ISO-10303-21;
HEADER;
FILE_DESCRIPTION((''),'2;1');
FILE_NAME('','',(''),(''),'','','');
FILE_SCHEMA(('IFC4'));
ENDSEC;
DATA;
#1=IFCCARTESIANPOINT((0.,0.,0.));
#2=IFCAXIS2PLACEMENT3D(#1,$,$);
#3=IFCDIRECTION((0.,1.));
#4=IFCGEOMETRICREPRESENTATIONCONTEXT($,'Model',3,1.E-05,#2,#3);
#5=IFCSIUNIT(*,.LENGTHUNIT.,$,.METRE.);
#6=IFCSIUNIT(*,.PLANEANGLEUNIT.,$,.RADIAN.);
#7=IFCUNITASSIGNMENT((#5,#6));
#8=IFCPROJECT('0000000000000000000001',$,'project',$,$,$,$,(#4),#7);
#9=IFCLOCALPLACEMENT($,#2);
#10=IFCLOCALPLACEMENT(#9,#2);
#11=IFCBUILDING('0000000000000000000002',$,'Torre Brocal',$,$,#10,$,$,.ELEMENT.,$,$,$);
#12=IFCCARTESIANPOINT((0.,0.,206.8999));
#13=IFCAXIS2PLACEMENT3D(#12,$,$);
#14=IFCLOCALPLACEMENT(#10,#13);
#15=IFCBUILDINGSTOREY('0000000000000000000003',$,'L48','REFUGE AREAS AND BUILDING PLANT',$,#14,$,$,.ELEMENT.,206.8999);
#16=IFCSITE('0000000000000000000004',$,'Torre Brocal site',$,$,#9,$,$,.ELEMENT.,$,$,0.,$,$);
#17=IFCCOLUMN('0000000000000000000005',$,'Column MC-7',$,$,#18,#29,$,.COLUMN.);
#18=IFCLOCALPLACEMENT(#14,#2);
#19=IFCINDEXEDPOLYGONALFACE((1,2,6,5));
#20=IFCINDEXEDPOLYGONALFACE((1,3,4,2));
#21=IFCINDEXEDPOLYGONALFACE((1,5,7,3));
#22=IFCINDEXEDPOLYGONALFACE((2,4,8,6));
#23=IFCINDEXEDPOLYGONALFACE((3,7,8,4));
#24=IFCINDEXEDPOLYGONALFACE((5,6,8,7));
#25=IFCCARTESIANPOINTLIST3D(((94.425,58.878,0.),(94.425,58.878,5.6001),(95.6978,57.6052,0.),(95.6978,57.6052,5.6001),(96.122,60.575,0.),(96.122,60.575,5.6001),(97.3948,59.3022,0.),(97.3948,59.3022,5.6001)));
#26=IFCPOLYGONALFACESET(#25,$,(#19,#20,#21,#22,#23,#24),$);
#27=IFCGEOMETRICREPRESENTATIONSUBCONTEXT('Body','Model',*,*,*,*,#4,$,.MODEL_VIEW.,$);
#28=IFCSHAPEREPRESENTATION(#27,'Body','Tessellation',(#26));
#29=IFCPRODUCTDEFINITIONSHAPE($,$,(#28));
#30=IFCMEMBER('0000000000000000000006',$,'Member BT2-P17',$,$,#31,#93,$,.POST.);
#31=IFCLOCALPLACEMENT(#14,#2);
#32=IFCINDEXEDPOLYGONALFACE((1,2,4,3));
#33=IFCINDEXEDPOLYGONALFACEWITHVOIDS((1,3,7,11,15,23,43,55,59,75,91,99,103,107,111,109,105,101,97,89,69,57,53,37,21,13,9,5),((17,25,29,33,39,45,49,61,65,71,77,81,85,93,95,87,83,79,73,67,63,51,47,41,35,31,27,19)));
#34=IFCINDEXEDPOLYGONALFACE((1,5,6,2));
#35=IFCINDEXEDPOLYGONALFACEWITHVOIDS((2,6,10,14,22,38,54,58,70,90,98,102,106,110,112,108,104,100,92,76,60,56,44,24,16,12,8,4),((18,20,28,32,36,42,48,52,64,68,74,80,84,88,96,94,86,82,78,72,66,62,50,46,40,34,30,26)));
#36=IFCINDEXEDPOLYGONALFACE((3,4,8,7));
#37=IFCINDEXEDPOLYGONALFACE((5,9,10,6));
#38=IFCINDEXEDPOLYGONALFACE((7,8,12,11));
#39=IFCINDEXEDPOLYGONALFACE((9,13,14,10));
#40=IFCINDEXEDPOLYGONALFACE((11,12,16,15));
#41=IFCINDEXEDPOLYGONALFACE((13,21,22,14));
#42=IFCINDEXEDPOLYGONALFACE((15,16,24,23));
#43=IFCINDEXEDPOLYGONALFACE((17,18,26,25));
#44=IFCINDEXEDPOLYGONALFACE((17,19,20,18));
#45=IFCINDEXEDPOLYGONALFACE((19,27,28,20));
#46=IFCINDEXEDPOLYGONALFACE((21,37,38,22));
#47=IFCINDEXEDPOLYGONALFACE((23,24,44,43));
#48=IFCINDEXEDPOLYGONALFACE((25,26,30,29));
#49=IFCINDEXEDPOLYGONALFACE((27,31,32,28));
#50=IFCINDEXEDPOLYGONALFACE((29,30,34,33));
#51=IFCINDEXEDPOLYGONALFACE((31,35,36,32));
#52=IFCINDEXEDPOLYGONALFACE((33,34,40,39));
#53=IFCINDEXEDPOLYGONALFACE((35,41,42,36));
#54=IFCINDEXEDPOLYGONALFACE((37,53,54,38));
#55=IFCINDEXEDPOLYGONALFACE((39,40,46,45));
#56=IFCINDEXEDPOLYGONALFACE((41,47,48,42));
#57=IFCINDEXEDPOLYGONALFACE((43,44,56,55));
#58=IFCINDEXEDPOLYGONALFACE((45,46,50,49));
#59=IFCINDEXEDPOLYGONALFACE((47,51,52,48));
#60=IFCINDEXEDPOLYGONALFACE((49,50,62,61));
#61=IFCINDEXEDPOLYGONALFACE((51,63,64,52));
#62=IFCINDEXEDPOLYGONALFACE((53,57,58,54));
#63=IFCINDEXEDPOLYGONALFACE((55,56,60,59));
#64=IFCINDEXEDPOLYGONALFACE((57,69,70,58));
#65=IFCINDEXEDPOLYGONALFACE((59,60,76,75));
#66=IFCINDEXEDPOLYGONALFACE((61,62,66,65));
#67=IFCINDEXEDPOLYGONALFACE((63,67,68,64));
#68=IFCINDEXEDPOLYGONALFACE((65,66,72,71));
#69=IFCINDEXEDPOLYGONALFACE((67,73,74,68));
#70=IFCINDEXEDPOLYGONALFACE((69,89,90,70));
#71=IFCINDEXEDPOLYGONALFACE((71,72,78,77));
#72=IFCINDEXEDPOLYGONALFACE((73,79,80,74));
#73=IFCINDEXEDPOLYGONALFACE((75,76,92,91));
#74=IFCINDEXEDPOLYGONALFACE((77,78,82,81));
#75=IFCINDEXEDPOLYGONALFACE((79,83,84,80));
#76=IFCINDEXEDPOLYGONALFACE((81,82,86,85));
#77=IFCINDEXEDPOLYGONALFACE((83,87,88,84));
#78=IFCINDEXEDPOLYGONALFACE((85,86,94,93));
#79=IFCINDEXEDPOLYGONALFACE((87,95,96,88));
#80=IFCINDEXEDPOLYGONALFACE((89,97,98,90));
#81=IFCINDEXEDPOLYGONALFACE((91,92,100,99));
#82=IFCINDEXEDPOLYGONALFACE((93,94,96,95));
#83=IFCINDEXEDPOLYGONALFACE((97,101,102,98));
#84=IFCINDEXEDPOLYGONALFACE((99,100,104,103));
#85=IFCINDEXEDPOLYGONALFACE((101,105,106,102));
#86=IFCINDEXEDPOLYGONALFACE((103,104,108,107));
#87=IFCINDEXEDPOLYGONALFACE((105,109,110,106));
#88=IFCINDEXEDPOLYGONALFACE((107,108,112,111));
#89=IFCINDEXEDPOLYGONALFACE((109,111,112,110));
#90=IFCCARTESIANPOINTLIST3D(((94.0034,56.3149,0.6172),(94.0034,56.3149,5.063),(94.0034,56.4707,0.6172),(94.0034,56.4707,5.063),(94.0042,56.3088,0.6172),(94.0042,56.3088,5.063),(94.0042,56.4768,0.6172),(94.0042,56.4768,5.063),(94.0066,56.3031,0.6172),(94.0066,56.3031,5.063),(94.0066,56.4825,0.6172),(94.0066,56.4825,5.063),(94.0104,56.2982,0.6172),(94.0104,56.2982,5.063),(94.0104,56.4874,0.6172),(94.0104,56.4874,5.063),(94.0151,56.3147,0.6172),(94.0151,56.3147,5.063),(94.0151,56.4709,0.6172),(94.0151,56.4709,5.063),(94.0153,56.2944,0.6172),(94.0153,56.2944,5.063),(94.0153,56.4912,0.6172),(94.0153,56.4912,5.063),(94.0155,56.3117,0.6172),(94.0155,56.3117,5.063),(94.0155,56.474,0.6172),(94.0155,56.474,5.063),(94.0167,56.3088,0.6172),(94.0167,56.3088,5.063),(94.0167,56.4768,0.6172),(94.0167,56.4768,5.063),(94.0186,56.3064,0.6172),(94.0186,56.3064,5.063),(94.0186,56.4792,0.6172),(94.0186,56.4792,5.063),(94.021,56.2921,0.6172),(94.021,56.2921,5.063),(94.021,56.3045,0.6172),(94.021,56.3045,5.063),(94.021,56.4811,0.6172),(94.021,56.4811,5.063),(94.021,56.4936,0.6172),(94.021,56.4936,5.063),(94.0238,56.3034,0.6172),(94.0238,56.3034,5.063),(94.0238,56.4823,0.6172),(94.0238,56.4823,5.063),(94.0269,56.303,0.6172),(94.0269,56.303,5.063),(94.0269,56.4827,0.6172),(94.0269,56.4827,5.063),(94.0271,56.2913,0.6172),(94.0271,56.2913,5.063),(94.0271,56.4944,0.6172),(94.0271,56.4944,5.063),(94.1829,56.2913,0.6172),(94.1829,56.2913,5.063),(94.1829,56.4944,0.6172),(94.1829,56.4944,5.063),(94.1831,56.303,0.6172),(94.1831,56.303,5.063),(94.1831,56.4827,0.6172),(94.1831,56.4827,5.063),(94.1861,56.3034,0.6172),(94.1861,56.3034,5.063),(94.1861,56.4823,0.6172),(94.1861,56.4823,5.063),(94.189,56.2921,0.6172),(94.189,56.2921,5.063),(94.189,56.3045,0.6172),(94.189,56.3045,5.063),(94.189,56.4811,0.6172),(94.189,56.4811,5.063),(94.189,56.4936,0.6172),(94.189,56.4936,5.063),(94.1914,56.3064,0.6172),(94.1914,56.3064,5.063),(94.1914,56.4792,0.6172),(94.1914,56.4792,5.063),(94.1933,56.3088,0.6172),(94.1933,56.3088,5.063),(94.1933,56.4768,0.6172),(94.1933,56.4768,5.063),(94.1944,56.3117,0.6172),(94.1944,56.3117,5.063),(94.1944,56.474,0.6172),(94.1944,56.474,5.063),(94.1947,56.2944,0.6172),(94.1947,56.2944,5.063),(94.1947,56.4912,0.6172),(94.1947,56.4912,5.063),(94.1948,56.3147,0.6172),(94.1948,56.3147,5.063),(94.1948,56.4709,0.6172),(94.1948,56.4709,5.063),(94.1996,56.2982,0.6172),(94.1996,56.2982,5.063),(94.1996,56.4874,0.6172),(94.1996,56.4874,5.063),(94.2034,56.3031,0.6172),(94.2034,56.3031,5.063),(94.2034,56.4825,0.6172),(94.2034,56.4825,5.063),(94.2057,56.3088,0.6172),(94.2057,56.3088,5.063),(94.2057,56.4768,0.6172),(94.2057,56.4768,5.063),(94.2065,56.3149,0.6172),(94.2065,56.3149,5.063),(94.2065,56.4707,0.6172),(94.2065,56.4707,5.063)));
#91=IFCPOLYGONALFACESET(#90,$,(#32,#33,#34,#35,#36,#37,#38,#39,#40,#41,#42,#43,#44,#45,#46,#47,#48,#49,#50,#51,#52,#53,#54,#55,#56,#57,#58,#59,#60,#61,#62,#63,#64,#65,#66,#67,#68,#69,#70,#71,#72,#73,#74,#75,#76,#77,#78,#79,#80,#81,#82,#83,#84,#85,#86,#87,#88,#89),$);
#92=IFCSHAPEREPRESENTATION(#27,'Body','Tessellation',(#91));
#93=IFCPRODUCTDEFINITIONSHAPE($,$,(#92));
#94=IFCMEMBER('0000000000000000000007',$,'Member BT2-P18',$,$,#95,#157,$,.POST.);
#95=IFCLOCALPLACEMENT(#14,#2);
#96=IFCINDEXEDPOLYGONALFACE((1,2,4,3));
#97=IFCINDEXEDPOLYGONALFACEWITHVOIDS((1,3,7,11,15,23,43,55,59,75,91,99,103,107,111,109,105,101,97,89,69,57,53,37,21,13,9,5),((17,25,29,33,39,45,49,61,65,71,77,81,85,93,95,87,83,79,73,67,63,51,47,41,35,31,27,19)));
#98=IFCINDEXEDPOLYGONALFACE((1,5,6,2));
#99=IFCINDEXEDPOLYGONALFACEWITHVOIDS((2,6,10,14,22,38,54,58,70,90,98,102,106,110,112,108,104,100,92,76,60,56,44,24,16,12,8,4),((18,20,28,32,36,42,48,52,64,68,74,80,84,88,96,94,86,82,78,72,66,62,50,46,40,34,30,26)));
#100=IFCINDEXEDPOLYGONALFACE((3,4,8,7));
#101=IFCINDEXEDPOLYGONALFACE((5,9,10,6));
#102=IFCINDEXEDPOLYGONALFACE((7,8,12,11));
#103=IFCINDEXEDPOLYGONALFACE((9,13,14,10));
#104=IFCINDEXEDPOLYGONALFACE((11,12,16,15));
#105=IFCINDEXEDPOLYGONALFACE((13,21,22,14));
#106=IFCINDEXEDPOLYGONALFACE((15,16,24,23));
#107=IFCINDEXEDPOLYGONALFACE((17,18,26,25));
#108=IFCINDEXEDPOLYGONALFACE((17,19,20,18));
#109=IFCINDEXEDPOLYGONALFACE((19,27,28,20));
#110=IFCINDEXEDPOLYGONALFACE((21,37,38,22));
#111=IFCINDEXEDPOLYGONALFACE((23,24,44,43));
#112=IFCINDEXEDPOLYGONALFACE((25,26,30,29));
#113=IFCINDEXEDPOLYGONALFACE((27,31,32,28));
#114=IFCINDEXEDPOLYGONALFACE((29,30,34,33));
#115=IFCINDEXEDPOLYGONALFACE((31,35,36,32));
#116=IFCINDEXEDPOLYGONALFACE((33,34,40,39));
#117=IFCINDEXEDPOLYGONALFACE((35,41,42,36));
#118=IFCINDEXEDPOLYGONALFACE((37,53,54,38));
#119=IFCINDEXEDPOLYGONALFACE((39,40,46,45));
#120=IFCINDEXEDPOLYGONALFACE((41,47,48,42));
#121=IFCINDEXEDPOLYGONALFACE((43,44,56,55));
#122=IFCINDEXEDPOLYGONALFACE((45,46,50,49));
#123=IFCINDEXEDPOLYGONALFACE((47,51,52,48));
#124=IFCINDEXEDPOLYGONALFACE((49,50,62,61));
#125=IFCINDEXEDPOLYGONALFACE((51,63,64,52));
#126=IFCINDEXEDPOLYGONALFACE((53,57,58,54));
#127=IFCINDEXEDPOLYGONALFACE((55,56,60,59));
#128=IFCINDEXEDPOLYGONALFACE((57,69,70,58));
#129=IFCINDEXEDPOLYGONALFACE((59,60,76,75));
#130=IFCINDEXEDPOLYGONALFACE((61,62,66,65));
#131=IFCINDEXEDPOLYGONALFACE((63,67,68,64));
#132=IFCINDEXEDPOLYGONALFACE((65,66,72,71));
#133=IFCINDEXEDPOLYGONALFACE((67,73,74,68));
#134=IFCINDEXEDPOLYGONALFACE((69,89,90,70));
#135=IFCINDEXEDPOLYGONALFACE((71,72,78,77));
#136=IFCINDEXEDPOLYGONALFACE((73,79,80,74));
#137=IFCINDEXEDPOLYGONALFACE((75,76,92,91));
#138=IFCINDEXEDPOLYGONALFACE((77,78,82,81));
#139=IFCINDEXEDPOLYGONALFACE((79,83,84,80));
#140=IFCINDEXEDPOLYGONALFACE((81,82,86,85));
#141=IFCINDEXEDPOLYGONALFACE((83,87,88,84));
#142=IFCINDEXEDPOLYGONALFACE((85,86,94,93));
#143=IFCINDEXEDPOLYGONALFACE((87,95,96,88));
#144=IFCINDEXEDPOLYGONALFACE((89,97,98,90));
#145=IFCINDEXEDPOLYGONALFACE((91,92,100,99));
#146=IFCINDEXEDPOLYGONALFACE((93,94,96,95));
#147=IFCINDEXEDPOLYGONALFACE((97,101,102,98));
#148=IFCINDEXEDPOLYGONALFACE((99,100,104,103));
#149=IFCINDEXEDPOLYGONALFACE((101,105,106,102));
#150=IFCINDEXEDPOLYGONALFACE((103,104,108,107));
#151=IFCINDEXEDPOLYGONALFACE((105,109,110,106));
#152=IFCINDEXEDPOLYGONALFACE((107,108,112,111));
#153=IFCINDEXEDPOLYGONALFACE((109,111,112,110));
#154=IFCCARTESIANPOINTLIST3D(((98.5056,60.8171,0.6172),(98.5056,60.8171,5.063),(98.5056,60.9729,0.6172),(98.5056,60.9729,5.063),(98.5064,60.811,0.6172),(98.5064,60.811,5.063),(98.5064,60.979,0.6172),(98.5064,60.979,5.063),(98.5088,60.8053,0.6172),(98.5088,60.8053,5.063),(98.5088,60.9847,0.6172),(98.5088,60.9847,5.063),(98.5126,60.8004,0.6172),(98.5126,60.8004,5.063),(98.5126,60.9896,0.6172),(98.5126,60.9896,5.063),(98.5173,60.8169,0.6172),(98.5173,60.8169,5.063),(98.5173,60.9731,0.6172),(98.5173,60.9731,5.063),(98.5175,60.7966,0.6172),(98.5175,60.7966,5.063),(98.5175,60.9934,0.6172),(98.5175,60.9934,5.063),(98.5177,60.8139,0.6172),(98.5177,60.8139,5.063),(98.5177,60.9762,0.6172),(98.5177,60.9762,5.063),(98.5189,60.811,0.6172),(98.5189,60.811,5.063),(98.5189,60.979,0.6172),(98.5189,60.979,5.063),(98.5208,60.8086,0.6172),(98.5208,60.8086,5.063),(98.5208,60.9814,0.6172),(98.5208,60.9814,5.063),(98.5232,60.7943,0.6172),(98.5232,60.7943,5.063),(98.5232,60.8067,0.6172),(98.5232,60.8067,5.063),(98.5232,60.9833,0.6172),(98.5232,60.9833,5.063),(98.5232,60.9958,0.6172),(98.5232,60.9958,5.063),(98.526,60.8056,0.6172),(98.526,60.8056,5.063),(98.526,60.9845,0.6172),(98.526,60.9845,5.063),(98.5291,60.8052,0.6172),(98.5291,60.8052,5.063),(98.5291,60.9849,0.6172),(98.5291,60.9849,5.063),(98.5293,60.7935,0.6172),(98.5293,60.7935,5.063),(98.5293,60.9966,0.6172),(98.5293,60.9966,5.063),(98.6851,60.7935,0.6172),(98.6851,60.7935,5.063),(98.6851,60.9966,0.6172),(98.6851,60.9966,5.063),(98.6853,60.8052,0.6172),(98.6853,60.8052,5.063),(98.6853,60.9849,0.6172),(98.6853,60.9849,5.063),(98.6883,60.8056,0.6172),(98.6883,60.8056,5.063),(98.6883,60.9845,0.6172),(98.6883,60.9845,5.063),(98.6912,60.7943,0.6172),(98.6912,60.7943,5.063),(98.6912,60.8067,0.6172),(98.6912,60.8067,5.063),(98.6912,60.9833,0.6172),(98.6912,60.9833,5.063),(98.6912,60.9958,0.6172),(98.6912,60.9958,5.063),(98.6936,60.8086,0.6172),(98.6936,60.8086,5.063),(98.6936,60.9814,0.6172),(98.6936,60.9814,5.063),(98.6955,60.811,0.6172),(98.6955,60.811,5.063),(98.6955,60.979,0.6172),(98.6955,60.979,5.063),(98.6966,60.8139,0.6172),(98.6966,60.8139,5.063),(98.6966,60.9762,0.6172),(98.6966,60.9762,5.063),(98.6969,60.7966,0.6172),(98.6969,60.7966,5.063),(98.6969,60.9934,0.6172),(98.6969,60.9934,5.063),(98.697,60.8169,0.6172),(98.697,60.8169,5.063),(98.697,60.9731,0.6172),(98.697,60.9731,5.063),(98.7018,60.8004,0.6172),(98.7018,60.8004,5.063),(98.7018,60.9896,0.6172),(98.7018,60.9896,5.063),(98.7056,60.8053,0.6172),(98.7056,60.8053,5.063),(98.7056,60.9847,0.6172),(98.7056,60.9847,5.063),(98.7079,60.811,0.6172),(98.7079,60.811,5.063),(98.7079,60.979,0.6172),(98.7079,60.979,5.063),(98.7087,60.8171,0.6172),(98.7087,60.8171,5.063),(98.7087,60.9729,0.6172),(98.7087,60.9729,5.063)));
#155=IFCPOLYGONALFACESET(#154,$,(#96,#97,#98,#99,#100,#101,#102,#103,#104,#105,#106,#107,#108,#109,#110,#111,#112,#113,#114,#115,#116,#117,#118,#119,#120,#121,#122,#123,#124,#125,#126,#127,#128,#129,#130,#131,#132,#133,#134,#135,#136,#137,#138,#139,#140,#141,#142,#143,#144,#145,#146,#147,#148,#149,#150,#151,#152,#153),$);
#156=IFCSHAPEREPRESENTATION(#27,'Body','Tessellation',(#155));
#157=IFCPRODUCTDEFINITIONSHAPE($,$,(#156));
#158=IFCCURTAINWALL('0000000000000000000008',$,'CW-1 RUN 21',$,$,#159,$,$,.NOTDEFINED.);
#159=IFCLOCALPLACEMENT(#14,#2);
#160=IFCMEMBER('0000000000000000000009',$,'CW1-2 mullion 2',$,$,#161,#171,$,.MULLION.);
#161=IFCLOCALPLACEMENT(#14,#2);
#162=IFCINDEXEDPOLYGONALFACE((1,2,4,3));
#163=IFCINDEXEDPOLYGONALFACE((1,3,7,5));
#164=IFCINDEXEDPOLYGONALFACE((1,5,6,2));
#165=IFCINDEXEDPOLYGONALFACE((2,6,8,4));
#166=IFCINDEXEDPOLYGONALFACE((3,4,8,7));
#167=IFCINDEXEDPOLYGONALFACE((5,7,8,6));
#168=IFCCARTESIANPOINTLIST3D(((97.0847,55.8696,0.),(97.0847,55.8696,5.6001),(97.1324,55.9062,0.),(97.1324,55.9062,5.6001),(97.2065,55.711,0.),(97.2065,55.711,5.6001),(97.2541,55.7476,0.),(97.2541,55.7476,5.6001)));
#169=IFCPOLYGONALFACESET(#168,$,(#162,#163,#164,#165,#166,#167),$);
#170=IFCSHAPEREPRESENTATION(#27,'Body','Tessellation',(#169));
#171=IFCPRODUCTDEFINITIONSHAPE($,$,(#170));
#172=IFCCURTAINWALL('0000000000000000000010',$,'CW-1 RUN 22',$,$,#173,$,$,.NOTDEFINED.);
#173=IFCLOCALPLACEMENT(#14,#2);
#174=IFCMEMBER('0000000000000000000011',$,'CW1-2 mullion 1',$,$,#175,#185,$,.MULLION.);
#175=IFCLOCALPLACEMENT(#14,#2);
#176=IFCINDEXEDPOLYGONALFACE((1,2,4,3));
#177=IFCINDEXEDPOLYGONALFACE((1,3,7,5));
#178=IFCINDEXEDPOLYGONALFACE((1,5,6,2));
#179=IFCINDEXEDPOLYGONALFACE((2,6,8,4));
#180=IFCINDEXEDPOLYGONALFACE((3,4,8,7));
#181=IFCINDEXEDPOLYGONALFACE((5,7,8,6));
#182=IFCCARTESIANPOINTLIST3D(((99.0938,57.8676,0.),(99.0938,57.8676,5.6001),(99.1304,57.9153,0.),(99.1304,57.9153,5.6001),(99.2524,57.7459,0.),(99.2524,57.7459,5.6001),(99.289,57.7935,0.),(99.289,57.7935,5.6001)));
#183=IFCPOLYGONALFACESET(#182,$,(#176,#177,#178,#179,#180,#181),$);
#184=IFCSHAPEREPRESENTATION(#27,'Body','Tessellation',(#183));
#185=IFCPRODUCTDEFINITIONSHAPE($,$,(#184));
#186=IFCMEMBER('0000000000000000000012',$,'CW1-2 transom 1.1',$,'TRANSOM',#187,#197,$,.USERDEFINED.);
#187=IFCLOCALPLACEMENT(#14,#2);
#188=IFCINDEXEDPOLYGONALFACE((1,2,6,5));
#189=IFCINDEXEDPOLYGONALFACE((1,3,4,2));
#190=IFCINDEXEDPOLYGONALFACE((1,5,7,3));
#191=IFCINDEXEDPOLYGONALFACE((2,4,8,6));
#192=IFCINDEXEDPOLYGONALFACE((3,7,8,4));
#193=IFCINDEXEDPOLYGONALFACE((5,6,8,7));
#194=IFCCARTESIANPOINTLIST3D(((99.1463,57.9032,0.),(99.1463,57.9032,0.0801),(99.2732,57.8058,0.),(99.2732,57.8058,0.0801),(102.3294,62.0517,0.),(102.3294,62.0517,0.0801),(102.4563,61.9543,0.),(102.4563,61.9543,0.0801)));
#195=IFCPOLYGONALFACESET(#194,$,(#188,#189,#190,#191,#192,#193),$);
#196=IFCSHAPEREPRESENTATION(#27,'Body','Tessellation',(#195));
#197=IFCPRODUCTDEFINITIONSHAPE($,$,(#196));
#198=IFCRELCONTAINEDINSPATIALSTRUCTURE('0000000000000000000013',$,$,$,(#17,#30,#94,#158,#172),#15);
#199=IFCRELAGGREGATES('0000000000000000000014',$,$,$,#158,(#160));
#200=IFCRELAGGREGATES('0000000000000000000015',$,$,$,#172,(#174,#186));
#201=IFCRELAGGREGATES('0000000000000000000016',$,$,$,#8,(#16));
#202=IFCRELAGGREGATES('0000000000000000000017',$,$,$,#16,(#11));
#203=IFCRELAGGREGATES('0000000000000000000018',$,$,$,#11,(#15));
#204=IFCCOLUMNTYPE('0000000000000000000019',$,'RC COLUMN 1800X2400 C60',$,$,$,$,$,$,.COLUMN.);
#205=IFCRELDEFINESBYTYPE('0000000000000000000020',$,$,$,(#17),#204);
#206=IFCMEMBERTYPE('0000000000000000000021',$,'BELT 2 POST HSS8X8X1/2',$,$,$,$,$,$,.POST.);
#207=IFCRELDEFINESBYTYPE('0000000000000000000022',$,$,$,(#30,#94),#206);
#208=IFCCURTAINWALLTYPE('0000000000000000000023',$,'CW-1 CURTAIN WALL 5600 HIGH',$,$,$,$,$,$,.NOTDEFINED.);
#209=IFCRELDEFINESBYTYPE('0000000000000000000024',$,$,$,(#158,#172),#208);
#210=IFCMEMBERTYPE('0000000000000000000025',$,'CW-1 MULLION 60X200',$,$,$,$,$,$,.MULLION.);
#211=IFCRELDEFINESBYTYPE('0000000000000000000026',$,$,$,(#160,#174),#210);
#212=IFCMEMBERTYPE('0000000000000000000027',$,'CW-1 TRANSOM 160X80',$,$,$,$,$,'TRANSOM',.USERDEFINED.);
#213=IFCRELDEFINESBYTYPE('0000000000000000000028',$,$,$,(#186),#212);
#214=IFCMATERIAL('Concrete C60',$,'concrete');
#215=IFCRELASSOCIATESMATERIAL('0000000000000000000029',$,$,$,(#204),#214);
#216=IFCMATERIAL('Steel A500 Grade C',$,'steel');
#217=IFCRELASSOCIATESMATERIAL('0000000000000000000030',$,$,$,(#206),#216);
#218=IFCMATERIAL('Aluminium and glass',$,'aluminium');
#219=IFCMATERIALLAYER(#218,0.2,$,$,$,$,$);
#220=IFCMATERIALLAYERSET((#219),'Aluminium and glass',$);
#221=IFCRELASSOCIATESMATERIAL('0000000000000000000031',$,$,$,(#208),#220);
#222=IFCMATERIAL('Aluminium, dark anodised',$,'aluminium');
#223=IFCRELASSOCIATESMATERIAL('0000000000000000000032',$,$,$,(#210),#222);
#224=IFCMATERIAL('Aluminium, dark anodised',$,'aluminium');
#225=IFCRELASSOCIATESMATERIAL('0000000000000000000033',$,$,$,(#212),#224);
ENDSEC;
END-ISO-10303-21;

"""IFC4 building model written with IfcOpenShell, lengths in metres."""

from ifc_helpers import new_model, si_unit, direction, frame, origin, origin_2d, place, context, subcontext, project, spatial, rectangle, hollow_rectangle, extrude, material, layer, layer_set, material_profile, profile_set, type_object, element, aggregate, save


model = new_model("IFC4")

# Units and contexts
model_context = context("Model", 3, precision=1e-05, world=origin(), true_north=direction((0.0, 1.0)))
body_context = subcontext(model_context, "Body", "Model", "MODEL_VIEW")
ifc_project = project(units=[si_unit("LENGTHUNIT", "METRE"), si_unit("PLANEANGLEUNIT", "RADIAN")], contexts=[model_context])

# Site, building, storey
site_placement = place(None, origin())
site = spatial("IfcSite", under=ifc_project, at=site_placement, Name="Torre Brocal site", CompositionType="ELEMENT", RefElevation=0.0)
building_placement = place(site_placement, origin())
building = spatial("IfcBuilding", under=site, at=building_placement, Name="Torre Brocal", CompositionType="ELEMENT")
storey_placement = place(building_placement, frame((0.0, 0.0, 206.8999)))
storey = spatial("IfcBuildingStorey", under=building, at=storey_placement, Name="L48", Description="REFUGE AREAS AND BUILDING PLANT", CompositionType="ELEMENT", Elevation=206.8999)

# Column
ifc_material_1 = material(Name="Concrete C60", Category="concrete")
ifc_material_profile_1 = material_profile(ifc_material_1, rectangle(XDim=1.8, YDim=2.3999, at=origin_2d()), Name="RC 1800X2400")
ifc_profile_set_1 = profile_set([ifc_material_profile_1], Name="Concrete C60")
column_type = type_object("IfcColumnType", Name="RC COLUMN 1800X2400 C60", PredefinedType="COLUMN", material=ifc_profile_set_1)
column_placement = place(storey_placement, frame((95.9099, 59.0901, 0.0), z_axis=(0.0, 0.0, 1.0), x_axis=(0.707107, -0.707107, 0.0)))
element("IfcColumn", 1, at=column_placement, inside=storey, type_object=column_type, Name="Column MC-7", PredefinedType="COLUMN", context=body_context, shape_type="SweptSolid", body=[
    extrude(rectangle(XDim=1.8, YDim=2.3999, at=origin_2d()), origin(), (0.0, 0.0, 1.0), 5.6001),
])

# Members
ifc_material_2 = material(Name="Steel A500 Grade C", Category="steel")
ifc_material_profile_2 = material_profile(ifc_material_2, hollow_rectangle(XDim=0.2031, YDim=0.2031, WallThickness=0.0117, InnerFilletRadius=0.0117, OuterFilletRadius=0.0237, at=origin_2d()), Name="HSS8X8X1/2")
ifc_profile_set_2 = profile_set([ifc_material_profile_2], Name="Steel A500 Grade C")
member_type_1 = type_object("IfcMemberType", Name="BELT 2 POST HSS8X8X1/2", PredefinedType="POST", material=ifc_profile_set_2)
for number, where, z_axis, x_axis, name in (
    (2, (94.105, 56.3928, 0.6172), (0.0, 0.0, 1.0), (1.0, 0.0, 0.0), "Member BT2-P17"),
    (3, (98.6072, 60.895, 0.6172), (0.0, 0.0, 1.0), (1.0, 0.0, 0.0), "Member BT2-P18"),
):
    element("IfcMember", number, at=place(storey_placement, frame(where, z_axis=z_axis, x_axis=x_axis)), inside=storey, type_object=member_type_1, Name=name, PredefinedType="POST", context=body_context, shape_type="SweptSolid", body=[
        extrude(hollow_rectangle(XDim=0.2031, YDim=0.2031, WallThickness=0.0117, InnerFilletRadius=0.0117, OuterFilletRadius=0.0237, at=origin_2d()), origin(), (0.0, 0.0, 1.0), 4.4458),
    ])

# Curtain wall, member
ifc_material_3 = material(Name="Aluminium and glass", Category="aluminium")
ifc_layer_1 = layer(ifc_material_3, 0.2)
ifc_layer_set_1 = layer_set([ifc_layer_1], Name="Aluminium and glass")
curtain_wall_type = type_object("IfcCurtainWallType", Name="CW-1 CURTAIN WALL 5600 HIGH", PredefinedType="NOTDEFINED", material=ifc_layer_set_1)
curtain_wall_1_placement = place(storey_placement, origin())
curtain_wall_1 = element("IfcCurtainWall", 4, at=curtain_wall_1_placement, inside=storey, type_object=curtain_wall_type, Name="CW-1 RUN 21", PredefinedType="NOTDEFINED")
ifc_material_4 = material(Name="Aluminium, dark anodised", Category="aluminium")
ifc_material_profile_3 = material_profile(ifc_material_4, rectangle(XDim=0.2, YDim=0.0601, at=origin_2d()), Name="CW-1 MULLION 60X200")
ifc_profile_set_3 = profile_set([ifc_material_profile_3], Name="Aluminium, dark anodised")
member_type_2 = type_object("IfcMemberType", Name="CW-1 MULLION 60X200", PredefinedType="MULLION", material=ifc_profile_set_3)
member_1_placement = place(storey_placement, frame((97.1694, 55.8086, 0.0), z_axis=(0.0, 0.0, 1.0), x_axis=(-0.608761, 0.793353, 0.0)))
member_1 = element("IfcMember", 5, at=member_1_placement, type_object=member_type_2, Name="CW1-2 mullion 2", PredefinedType="MULLION", context=body_context, shape_type="SweptSolid", body=[
    extrude(rectangle(XDim=0.2, YDim=0.0601, at=origin_2d()), origin(), (0.0, 0.0, 1.0), 5.6001),
])

# Curtain wall, members
curtain_wall_2_placement = place(storey_placement, origin())
curtain_wall_2 = element("IfcCurtainWall", 6, at=curtain_wall_2_placement, inside=storey, type_object=curtain_wall_type, Name="CW-1 RUN 22", PredefinedType="NOTDEFINED")
member_2_placement = place(storey_placement, frame((99.1914, 57.8306, 0.0), z_axis=(0.0, 0.0, 1.0), x_axis=(-0.793353, 0.608761, 0.0)))
member_2 = element("IfcMember", 7, at=member_2_placement, type_object=member_type_2, Name="CW1-2 mullion 1", PredefinedType="MULLION", context=body_context, shape_type="SweptSolid", body=[
    extrude(rectangle(XDim=0.2, YDim=0.0601, at=origin_2d()), origin(), (0.0, 0.0, 1.0), 5.6001),
])
ifc_material_5 = material(Name="Aluminium, dark anodised", Category="aluminium")
ifc_material_profile_4 = material_profile(ifc_material_5, rectangle(XDim=0.1599, YDim=0.0801, at=origin_2d()), Name="CW-1 TRANSOM 160X80")
ifc_profile_set_4 = profile_set([ifc_material_profile_4], Name="Aluminium, dark anodised")
member_type_3 = type_object("IfcMemberType", Name="CW-1 TRANSOM 160X80", ElementType="TRANSOM", PredefinedType="USERDEFINED", material=ifc_profile_set_4)
member_3_placement = place(storey_placement, frame((99.2097, 57.8545, 0.04), z_axis=(0.608749, 0.793363, 0.0), x_axis=(-0.793363, 0.608749, 0.0)))
member_3 = element("IfcMember", 8, at=member_3_placement, type_object=member_type_3, Name="CW1-2 transom 1.1", ObjectType="TRANSOM", PredefinedType="USERDEFINED", context=body_context, shape_type="SweptSolid", body=[
    extrude(rectangle(XDim=0.1599, YDim=0.0801, at=origin_2d()), origin(), (0.0, 0.0, 1.0), 5.229),
])

aggregate(curtain_wall_1, [member_1])
aggregate(curtain_wall_2, [member_2, member_3])

save(model, "model.ifc")
